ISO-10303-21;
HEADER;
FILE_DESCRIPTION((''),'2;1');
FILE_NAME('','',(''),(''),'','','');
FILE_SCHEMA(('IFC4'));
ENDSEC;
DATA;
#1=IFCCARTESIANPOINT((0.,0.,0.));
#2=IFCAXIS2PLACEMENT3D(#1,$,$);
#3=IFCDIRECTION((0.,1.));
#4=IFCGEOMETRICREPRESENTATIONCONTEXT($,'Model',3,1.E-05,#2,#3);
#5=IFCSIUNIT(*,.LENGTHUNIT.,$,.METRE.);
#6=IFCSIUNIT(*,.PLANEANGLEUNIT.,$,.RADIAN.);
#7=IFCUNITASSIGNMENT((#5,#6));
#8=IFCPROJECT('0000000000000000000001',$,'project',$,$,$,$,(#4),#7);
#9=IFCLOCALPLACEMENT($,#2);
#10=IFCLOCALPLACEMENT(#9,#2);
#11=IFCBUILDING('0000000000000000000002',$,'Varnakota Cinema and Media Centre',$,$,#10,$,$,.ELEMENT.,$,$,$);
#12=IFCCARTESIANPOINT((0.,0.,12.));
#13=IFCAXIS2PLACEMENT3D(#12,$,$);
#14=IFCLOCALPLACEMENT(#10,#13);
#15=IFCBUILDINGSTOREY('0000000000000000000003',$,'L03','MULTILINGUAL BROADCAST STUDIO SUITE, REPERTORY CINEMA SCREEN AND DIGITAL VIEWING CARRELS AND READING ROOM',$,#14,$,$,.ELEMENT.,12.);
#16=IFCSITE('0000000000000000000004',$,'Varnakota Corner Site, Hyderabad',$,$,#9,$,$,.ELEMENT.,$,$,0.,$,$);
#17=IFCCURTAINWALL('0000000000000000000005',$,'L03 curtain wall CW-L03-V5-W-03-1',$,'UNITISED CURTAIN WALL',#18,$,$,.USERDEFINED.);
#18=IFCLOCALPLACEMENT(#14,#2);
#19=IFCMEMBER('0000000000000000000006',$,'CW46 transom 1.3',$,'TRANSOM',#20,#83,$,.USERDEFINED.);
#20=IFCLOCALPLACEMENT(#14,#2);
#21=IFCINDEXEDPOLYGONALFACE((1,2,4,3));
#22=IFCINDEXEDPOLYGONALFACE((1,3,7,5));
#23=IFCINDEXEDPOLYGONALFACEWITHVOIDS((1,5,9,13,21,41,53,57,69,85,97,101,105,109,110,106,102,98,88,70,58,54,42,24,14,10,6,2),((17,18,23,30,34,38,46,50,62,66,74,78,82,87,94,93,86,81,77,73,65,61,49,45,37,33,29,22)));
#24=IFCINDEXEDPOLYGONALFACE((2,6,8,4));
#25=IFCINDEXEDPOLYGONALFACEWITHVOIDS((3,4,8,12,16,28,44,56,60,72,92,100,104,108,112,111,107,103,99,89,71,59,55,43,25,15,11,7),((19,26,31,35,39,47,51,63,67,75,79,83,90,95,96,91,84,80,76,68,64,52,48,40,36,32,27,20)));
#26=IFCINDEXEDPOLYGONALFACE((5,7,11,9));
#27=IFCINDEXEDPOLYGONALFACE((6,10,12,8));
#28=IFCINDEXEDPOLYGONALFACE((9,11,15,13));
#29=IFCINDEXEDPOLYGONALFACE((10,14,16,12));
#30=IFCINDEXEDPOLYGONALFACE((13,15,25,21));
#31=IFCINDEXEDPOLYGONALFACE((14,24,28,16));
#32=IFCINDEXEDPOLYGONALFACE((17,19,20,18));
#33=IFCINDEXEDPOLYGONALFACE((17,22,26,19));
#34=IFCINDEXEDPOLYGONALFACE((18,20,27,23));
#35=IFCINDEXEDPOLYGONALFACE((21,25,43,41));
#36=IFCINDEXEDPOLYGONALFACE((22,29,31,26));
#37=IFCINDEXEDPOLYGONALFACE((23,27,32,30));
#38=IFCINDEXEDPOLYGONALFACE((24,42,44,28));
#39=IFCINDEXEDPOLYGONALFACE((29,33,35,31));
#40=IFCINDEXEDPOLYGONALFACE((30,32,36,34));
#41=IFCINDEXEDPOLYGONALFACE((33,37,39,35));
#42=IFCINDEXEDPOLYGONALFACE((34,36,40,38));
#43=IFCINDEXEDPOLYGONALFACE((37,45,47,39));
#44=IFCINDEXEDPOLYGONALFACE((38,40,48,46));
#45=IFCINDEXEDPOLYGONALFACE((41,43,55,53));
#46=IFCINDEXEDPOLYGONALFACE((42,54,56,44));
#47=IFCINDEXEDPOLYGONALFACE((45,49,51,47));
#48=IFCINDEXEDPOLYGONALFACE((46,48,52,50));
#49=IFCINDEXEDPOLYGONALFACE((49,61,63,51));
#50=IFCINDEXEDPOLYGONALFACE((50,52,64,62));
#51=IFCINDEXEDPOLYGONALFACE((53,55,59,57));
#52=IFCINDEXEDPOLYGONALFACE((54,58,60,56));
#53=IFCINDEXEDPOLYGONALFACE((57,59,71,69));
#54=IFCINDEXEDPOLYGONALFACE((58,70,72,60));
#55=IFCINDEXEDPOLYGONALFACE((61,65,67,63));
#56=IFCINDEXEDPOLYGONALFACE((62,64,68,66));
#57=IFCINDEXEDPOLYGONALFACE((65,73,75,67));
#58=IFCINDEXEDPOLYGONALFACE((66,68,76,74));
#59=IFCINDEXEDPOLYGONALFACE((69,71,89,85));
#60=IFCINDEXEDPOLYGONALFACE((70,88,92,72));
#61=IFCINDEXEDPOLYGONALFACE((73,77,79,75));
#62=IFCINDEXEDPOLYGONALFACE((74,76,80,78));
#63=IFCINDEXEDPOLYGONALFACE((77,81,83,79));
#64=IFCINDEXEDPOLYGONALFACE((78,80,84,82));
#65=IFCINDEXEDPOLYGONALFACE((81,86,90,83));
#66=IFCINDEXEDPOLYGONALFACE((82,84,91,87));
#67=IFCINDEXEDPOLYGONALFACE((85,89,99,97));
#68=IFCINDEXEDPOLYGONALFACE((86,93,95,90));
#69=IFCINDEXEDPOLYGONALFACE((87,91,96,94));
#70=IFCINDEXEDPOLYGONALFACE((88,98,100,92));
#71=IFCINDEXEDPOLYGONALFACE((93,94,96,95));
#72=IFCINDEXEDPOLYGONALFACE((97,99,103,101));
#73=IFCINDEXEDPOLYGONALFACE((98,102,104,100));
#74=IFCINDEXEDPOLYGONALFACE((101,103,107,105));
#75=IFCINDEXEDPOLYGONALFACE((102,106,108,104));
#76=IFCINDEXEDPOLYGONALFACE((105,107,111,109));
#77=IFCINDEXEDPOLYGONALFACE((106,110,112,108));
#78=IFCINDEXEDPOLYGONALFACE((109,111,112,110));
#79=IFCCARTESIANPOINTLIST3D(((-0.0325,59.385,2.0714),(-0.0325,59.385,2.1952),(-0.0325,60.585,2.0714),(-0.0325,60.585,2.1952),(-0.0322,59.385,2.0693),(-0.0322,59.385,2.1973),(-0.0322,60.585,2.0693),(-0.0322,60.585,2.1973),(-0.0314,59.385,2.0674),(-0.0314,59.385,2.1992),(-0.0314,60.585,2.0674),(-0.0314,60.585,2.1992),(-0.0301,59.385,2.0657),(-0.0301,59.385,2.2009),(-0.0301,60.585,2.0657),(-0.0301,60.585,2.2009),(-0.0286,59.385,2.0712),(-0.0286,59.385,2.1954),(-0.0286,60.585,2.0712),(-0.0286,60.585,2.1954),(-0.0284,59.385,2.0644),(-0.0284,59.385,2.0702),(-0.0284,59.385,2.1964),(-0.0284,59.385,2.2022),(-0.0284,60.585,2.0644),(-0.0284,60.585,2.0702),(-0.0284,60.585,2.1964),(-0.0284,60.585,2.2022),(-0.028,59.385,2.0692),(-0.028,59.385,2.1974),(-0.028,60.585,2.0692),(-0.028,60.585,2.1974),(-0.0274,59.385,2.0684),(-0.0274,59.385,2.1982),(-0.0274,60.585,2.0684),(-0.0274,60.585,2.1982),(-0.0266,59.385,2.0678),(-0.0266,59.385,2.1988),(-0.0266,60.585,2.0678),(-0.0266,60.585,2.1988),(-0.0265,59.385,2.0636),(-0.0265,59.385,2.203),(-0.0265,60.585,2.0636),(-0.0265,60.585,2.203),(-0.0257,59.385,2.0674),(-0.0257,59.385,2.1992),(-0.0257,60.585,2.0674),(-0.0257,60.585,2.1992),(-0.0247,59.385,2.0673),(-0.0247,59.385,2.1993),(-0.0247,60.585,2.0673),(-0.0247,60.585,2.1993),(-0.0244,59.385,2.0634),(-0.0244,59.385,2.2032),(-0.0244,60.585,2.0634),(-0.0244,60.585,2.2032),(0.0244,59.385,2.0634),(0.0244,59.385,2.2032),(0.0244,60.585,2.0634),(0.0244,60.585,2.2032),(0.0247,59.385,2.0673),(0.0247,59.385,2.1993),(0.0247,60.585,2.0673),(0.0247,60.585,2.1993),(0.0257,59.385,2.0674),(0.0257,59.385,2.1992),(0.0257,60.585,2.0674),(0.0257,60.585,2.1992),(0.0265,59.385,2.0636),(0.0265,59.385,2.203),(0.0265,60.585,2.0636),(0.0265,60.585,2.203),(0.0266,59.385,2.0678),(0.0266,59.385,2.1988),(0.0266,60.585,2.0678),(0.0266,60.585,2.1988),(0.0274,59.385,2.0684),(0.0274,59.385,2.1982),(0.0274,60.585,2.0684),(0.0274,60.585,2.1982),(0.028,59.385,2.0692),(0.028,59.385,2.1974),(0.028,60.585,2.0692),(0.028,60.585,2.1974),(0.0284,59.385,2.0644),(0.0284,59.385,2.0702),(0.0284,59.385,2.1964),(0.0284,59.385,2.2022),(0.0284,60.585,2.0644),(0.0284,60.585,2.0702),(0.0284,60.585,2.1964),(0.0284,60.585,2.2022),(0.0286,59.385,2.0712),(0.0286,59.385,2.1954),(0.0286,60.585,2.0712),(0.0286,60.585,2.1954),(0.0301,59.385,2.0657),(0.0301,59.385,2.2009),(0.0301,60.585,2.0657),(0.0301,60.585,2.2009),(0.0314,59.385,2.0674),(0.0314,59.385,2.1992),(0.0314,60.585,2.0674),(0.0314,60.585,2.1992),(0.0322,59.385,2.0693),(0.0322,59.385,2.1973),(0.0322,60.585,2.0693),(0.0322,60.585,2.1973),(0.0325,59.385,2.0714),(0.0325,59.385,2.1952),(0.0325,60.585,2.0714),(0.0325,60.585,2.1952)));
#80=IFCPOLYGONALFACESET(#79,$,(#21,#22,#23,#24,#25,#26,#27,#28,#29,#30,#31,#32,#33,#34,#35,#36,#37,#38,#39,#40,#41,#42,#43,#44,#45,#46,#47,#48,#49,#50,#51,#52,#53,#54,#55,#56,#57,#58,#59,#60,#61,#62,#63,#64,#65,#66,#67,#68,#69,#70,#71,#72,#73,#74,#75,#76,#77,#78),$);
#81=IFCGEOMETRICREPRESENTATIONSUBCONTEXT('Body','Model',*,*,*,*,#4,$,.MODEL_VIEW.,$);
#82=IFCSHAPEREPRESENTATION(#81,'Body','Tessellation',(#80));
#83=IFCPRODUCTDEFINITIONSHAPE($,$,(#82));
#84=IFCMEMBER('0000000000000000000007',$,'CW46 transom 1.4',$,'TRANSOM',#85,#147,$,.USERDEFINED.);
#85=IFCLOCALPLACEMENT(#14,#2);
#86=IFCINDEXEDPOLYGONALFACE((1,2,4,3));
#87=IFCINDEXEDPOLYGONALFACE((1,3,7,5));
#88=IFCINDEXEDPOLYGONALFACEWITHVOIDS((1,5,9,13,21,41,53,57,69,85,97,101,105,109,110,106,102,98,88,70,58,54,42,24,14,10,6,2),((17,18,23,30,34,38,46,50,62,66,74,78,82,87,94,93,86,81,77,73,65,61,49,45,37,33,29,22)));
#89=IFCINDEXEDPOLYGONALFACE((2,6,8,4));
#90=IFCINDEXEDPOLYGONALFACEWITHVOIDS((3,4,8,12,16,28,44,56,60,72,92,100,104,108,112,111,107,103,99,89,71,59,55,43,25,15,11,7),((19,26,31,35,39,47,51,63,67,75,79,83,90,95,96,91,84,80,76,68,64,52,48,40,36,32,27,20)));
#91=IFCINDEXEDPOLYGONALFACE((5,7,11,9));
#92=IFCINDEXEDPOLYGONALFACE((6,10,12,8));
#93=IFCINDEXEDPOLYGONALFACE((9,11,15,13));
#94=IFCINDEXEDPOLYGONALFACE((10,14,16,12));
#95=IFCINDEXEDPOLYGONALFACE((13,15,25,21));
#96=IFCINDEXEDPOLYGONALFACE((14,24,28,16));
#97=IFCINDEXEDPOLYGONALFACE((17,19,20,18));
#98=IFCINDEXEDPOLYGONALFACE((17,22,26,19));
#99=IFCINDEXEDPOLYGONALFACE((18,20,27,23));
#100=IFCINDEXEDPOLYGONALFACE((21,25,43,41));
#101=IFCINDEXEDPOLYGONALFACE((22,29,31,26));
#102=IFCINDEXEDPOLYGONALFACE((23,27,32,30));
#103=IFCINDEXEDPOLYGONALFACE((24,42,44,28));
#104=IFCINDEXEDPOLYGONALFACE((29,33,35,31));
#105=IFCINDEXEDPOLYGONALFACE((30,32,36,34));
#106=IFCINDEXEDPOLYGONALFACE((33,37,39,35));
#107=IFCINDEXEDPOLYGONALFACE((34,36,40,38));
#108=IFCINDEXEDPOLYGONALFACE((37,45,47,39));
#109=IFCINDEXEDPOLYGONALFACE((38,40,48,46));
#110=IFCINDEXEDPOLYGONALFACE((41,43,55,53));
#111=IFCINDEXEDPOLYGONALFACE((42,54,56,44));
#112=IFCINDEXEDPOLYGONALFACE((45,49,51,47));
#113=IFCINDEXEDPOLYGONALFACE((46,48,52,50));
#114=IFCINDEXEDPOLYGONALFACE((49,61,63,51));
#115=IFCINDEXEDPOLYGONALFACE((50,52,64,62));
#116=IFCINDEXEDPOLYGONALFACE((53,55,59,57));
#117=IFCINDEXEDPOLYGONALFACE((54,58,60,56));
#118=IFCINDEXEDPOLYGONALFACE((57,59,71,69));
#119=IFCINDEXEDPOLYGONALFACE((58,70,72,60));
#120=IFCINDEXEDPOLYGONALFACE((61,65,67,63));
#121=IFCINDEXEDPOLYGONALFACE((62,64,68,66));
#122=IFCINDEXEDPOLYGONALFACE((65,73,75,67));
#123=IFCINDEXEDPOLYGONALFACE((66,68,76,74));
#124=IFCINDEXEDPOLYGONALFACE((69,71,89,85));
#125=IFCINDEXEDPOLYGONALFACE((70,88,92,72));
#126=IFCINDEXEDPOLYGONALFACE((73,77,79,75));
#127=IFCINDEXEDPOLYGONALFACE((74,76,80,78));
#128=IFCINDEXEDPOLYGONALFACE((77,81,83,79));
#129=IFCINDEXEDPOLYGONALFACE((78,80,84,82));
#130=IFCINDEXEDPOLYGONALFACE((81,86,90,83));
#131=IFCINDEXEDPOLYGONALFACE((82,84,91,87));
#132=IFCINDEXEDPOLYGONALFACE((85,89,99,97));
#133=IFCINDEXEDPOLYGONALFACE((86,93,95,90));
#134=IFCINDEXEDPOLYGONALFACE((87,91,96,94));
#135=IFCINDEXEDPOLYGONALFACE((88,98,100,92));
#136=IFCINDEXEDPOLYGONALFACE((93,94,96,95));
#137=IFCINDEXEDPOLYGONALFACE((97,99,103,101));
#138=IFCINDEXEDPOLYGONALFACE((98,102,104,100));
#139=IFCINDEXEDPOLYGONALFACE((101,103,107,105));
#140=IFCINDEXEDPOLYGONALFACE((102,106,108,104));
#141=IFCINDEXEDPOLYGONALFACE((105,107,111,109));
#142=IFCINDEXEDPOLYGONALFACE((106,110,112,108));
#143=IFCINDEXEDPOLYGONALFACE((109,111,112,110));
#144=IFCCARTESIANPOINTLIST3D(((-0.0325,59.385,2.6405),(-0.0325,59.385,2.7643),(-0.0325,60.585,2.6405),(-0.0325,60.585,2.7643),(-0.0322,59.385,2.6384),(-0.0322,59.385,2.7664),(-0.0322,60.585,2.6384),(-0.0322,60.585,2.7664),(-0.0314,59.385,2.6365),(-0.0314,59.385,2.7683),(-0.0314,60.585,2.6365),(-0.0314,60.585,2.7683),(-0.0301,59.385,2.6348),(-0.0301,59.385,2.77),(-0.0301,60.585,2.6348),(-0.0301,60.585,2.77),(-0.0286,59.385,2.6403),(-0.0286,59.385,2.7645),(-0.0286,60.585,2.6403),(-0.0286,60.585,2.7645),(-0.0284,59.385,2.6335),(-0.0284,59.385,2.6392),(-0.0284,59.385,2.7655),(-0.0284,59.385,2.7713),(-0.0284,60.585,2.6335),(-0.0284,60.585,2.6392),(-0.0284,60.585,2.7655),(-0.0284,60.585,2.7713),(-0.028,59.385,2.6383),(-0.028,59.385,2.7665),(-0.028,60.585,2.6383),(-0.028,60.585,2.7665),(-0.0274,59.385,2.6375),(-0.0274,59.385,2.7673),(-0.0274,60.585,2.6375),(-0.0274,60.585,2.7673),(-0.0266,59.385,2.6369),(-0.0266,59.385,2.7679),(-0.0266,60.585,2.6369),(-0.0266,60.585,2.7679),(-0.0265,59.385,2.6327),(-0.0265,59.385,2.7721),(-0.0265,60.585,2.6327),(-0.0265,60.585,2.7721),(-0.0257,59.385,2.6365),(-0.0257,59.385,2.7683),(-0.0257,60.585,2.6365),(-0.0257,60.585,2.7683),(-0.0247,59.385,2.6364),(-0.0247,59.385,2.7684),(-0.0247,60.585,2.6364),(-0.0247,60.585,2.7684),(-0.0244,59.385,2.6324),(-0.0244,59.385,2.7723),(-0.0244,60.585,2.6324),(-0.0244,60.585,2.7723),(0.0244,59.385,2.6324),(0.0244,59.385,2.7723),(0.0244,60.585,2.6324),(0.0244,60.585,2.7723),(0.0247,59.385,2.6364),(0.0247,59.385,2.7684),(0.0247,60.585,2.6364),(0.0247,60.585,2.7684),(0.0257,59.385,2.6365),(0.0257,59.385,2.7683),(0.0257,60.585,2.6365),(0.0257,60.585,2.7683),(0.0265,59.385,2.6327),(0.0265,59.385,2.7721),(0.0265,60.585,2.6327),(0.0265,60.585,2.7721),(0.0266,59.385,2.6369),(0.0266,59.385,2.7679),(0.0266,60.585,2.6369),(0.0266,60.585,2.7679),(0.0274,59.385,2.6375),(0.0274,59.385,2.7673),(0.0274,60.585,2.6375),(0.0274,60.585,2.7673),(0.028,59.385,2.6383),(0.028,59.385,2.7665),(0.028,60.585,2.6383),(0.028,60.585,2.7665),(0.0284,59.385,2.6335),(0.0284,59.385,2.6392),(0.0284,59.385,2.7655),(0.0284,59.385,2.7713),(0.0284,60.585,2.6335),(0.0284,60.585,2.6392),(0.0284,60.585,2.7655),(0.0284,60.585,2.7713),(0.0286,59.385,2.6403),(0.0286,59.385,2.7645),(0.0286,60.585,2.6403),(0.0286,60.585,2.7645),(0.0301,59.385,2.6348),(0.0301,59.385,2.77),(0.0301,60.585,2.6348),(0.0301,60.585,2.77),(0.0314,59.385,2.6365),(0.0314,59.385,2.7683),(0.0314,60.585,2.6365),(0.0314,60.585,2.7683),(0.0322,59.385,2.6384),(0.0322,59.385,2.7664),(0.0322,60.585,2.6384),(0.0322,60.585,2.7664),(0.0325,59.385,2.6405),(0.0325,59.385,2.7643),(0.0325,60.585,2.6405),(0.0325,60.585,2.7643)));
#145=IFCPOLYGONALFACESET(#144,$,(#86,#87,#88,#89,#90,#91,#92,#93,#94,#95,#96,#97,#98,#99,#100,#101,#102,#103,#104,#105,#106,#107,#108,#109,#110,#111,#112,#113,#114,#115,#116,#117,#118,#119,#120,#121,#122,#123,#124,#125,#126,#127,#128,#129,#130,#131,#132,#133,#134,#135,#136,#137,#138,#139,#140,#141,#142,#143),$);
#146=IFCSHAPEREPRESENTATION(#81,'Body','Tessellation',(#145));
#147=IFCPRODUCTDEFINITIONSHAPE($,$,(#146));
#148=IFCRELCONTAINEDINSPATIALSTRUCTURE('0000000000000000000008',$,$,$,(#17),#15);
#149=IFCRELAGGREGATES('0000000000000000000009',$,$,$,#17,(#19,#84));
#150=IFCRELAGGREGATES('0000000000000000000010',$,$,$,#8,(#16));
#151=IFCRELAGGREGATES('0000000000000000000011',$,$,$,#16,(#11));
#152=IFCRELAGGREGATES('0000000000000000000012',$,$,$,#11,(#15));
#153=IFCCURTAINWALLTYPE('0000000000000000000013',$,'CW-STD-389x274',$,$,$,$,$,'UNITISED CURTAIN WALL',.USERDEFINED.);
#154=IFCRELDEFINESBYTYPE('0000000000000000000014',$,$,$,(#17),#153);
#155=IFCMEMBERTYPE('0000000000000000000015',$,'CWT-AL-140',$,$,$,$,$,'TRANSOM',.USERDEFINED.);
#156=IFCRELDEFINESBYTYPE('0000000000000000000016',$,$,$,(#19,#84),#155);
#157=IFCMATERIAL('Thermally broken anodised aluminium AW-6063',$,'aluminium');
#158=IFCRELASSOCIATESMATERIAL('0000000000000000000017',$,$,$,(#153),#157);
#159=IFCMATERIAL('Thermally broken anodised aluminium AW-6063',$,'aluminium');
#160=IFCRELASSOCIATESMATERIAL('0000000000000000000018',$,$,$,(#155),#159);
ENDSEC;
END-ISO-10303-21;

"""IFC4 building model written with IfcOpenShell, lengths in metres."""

from ifc_helpers import new_model, si_unit, direction, frame, origin, origin_2d, place, context, subcontext, project, spatial, hollow_rectangle, extrude, material, material_profile, profile_set, type_object, element, aggregate, save


model = new_model("IFC4")

# Units and contexts
model_context = context("Model", 3, precision=1e-05, world=origin(), true_north=direction((0.0, 1.0)))
body_context = subcontext(model_context, "Body", "Model", "MODEL_VIEW")
ifc_project = project(units=[si_unit("LENGTHUNIT", "METRE"), si_unit("PLANEANGLEUNIT", "RADIAN")], contexts=[model_context])

# Site, building, storey
site_placement = place(None, origin())
site = spatial("IfcSite", under=ifc_project, at=site_placement, Name="Varnakota Corner Site, Hyderabad", CompositionType="ELEMENT", RefElevation=0.0)
building_placement = place(site_placement, origin())
building = spatial("IfcBuilding", under=site, at=building_placement, Name="Varnakota Cinema and Media Centre", CompositionType="ELEMENT")
storey_placement = place(building_placement, frame((0.0, 0.0, 12.0)))
storey = spatial("IfcBuildingStorey", under=building, at=storey_placement, Name="L03", Description="MULTILINGUAL BROADCAST STUDIO SUITE, REPERTORY CINEMA SCREEN AND DIGITAL VIEWING CARRELS AND READING ROOM", CompositionType="ELEMENT", Elevation=12.0)

# Shared definitions
ifc_material_1 = material(Name="Thermally broken anodised aluminium AW-6063", Category="aluminium")
curtain_wall_type = type_object("IfcCurtainWallType", Name="CW-STD-389x274", ElementType="UNITISED CURTAIN WALL", PredefinedType="USERDEFINED", material=ifc_material_1)

# Curtain wall, members
curtain_wall_1_placement = place(storey_placement, origin())
curtain_wall_1 = element("IfcCurtainWall", 1, at=curtain_wall_1_placement, inside=storey, type_object=curtain_wall_type, Name="L03 curtain wall CW-L03-V5-W-03-1", ObjectType="UNITISED CURTAIN WALL", PredefinedType="USERDEFINED")
ifc_material_2 = material(Name="Thermally broken anodised aluminium AW-6063", Category="aluminium")
ifc_material_profile_1 = material_profile(ifc_material_2, hollow_rectangle(XDim=0.0649, YDim=0.1399, WallThickness=0.0039, InnerFilletRadius=0.0039, OuterFilletRadius=0.0081, at=origin_2d()), Name="AL-TRANSOM 140x65x4")
ifc_profile_set_1 = profile_set([ifc_material_profile_1], Name="Thermally broken anodised aluminium AW-6063")
member_type_1 = type_object("IfcMemberType", Name="CWT-AL-140", ElementType="TRANSOM", PredefinedType="USERDEFINED", material=ifc_profile_set_1)
member_1_placement = place(storey_placement, frame((0.0, 60.585, 2.1333), z_axis=(0.0, -1.0, 0.0), x_axis=(1.0, 0.0, 0.0)))
member_1 = element("IfcMember", 2, at=member_1_placement, type_object=member_type_1, Name="CW46 transom 1.3", ObjectType="TRANSOM", PredefinedType="USERDEFINED", context=body_context, shape_type="SweptSolid", body=[
    extrude(hollow_rectangle(XDim=0.0649, YDim=0.1399, WallThickness=0.0039, InnerFilletRadius=0.0039, OuterFilletRadius=0.0081, at=origin_2d()), origin(), (0.0, 0.0, 1.0), 1.2),
])
member_2_placement = place(storey_placement, frame((0.0, 60.585, 2.7024), z_axis=(0.0, -1.0, 0.0), x_axis=(1.0, 0.0, 0.0)))
member_2 = element("IfcMember", 3, at=member_2_placement, type_object=member_type_1, Name="CW46 transom 1.4", ObjectType="TRANSOM", PredefinedType="USERDEFINED", context=body_context, shape_type="SweptSolid", body=[
    extrude(hollow_rectangle(XDim=0.0649, YDim=0.1399, WallThickness=0.0039, InnerFilletRadius=0.0039, OuterFilletRadius=0.0081, at=origin_2d()), origin(), (0.0, 0.0, 1.0), 1.2),
])

aggregate(curtain_wall_1, [member_1, member_2])

save(model, "model.ifc")
